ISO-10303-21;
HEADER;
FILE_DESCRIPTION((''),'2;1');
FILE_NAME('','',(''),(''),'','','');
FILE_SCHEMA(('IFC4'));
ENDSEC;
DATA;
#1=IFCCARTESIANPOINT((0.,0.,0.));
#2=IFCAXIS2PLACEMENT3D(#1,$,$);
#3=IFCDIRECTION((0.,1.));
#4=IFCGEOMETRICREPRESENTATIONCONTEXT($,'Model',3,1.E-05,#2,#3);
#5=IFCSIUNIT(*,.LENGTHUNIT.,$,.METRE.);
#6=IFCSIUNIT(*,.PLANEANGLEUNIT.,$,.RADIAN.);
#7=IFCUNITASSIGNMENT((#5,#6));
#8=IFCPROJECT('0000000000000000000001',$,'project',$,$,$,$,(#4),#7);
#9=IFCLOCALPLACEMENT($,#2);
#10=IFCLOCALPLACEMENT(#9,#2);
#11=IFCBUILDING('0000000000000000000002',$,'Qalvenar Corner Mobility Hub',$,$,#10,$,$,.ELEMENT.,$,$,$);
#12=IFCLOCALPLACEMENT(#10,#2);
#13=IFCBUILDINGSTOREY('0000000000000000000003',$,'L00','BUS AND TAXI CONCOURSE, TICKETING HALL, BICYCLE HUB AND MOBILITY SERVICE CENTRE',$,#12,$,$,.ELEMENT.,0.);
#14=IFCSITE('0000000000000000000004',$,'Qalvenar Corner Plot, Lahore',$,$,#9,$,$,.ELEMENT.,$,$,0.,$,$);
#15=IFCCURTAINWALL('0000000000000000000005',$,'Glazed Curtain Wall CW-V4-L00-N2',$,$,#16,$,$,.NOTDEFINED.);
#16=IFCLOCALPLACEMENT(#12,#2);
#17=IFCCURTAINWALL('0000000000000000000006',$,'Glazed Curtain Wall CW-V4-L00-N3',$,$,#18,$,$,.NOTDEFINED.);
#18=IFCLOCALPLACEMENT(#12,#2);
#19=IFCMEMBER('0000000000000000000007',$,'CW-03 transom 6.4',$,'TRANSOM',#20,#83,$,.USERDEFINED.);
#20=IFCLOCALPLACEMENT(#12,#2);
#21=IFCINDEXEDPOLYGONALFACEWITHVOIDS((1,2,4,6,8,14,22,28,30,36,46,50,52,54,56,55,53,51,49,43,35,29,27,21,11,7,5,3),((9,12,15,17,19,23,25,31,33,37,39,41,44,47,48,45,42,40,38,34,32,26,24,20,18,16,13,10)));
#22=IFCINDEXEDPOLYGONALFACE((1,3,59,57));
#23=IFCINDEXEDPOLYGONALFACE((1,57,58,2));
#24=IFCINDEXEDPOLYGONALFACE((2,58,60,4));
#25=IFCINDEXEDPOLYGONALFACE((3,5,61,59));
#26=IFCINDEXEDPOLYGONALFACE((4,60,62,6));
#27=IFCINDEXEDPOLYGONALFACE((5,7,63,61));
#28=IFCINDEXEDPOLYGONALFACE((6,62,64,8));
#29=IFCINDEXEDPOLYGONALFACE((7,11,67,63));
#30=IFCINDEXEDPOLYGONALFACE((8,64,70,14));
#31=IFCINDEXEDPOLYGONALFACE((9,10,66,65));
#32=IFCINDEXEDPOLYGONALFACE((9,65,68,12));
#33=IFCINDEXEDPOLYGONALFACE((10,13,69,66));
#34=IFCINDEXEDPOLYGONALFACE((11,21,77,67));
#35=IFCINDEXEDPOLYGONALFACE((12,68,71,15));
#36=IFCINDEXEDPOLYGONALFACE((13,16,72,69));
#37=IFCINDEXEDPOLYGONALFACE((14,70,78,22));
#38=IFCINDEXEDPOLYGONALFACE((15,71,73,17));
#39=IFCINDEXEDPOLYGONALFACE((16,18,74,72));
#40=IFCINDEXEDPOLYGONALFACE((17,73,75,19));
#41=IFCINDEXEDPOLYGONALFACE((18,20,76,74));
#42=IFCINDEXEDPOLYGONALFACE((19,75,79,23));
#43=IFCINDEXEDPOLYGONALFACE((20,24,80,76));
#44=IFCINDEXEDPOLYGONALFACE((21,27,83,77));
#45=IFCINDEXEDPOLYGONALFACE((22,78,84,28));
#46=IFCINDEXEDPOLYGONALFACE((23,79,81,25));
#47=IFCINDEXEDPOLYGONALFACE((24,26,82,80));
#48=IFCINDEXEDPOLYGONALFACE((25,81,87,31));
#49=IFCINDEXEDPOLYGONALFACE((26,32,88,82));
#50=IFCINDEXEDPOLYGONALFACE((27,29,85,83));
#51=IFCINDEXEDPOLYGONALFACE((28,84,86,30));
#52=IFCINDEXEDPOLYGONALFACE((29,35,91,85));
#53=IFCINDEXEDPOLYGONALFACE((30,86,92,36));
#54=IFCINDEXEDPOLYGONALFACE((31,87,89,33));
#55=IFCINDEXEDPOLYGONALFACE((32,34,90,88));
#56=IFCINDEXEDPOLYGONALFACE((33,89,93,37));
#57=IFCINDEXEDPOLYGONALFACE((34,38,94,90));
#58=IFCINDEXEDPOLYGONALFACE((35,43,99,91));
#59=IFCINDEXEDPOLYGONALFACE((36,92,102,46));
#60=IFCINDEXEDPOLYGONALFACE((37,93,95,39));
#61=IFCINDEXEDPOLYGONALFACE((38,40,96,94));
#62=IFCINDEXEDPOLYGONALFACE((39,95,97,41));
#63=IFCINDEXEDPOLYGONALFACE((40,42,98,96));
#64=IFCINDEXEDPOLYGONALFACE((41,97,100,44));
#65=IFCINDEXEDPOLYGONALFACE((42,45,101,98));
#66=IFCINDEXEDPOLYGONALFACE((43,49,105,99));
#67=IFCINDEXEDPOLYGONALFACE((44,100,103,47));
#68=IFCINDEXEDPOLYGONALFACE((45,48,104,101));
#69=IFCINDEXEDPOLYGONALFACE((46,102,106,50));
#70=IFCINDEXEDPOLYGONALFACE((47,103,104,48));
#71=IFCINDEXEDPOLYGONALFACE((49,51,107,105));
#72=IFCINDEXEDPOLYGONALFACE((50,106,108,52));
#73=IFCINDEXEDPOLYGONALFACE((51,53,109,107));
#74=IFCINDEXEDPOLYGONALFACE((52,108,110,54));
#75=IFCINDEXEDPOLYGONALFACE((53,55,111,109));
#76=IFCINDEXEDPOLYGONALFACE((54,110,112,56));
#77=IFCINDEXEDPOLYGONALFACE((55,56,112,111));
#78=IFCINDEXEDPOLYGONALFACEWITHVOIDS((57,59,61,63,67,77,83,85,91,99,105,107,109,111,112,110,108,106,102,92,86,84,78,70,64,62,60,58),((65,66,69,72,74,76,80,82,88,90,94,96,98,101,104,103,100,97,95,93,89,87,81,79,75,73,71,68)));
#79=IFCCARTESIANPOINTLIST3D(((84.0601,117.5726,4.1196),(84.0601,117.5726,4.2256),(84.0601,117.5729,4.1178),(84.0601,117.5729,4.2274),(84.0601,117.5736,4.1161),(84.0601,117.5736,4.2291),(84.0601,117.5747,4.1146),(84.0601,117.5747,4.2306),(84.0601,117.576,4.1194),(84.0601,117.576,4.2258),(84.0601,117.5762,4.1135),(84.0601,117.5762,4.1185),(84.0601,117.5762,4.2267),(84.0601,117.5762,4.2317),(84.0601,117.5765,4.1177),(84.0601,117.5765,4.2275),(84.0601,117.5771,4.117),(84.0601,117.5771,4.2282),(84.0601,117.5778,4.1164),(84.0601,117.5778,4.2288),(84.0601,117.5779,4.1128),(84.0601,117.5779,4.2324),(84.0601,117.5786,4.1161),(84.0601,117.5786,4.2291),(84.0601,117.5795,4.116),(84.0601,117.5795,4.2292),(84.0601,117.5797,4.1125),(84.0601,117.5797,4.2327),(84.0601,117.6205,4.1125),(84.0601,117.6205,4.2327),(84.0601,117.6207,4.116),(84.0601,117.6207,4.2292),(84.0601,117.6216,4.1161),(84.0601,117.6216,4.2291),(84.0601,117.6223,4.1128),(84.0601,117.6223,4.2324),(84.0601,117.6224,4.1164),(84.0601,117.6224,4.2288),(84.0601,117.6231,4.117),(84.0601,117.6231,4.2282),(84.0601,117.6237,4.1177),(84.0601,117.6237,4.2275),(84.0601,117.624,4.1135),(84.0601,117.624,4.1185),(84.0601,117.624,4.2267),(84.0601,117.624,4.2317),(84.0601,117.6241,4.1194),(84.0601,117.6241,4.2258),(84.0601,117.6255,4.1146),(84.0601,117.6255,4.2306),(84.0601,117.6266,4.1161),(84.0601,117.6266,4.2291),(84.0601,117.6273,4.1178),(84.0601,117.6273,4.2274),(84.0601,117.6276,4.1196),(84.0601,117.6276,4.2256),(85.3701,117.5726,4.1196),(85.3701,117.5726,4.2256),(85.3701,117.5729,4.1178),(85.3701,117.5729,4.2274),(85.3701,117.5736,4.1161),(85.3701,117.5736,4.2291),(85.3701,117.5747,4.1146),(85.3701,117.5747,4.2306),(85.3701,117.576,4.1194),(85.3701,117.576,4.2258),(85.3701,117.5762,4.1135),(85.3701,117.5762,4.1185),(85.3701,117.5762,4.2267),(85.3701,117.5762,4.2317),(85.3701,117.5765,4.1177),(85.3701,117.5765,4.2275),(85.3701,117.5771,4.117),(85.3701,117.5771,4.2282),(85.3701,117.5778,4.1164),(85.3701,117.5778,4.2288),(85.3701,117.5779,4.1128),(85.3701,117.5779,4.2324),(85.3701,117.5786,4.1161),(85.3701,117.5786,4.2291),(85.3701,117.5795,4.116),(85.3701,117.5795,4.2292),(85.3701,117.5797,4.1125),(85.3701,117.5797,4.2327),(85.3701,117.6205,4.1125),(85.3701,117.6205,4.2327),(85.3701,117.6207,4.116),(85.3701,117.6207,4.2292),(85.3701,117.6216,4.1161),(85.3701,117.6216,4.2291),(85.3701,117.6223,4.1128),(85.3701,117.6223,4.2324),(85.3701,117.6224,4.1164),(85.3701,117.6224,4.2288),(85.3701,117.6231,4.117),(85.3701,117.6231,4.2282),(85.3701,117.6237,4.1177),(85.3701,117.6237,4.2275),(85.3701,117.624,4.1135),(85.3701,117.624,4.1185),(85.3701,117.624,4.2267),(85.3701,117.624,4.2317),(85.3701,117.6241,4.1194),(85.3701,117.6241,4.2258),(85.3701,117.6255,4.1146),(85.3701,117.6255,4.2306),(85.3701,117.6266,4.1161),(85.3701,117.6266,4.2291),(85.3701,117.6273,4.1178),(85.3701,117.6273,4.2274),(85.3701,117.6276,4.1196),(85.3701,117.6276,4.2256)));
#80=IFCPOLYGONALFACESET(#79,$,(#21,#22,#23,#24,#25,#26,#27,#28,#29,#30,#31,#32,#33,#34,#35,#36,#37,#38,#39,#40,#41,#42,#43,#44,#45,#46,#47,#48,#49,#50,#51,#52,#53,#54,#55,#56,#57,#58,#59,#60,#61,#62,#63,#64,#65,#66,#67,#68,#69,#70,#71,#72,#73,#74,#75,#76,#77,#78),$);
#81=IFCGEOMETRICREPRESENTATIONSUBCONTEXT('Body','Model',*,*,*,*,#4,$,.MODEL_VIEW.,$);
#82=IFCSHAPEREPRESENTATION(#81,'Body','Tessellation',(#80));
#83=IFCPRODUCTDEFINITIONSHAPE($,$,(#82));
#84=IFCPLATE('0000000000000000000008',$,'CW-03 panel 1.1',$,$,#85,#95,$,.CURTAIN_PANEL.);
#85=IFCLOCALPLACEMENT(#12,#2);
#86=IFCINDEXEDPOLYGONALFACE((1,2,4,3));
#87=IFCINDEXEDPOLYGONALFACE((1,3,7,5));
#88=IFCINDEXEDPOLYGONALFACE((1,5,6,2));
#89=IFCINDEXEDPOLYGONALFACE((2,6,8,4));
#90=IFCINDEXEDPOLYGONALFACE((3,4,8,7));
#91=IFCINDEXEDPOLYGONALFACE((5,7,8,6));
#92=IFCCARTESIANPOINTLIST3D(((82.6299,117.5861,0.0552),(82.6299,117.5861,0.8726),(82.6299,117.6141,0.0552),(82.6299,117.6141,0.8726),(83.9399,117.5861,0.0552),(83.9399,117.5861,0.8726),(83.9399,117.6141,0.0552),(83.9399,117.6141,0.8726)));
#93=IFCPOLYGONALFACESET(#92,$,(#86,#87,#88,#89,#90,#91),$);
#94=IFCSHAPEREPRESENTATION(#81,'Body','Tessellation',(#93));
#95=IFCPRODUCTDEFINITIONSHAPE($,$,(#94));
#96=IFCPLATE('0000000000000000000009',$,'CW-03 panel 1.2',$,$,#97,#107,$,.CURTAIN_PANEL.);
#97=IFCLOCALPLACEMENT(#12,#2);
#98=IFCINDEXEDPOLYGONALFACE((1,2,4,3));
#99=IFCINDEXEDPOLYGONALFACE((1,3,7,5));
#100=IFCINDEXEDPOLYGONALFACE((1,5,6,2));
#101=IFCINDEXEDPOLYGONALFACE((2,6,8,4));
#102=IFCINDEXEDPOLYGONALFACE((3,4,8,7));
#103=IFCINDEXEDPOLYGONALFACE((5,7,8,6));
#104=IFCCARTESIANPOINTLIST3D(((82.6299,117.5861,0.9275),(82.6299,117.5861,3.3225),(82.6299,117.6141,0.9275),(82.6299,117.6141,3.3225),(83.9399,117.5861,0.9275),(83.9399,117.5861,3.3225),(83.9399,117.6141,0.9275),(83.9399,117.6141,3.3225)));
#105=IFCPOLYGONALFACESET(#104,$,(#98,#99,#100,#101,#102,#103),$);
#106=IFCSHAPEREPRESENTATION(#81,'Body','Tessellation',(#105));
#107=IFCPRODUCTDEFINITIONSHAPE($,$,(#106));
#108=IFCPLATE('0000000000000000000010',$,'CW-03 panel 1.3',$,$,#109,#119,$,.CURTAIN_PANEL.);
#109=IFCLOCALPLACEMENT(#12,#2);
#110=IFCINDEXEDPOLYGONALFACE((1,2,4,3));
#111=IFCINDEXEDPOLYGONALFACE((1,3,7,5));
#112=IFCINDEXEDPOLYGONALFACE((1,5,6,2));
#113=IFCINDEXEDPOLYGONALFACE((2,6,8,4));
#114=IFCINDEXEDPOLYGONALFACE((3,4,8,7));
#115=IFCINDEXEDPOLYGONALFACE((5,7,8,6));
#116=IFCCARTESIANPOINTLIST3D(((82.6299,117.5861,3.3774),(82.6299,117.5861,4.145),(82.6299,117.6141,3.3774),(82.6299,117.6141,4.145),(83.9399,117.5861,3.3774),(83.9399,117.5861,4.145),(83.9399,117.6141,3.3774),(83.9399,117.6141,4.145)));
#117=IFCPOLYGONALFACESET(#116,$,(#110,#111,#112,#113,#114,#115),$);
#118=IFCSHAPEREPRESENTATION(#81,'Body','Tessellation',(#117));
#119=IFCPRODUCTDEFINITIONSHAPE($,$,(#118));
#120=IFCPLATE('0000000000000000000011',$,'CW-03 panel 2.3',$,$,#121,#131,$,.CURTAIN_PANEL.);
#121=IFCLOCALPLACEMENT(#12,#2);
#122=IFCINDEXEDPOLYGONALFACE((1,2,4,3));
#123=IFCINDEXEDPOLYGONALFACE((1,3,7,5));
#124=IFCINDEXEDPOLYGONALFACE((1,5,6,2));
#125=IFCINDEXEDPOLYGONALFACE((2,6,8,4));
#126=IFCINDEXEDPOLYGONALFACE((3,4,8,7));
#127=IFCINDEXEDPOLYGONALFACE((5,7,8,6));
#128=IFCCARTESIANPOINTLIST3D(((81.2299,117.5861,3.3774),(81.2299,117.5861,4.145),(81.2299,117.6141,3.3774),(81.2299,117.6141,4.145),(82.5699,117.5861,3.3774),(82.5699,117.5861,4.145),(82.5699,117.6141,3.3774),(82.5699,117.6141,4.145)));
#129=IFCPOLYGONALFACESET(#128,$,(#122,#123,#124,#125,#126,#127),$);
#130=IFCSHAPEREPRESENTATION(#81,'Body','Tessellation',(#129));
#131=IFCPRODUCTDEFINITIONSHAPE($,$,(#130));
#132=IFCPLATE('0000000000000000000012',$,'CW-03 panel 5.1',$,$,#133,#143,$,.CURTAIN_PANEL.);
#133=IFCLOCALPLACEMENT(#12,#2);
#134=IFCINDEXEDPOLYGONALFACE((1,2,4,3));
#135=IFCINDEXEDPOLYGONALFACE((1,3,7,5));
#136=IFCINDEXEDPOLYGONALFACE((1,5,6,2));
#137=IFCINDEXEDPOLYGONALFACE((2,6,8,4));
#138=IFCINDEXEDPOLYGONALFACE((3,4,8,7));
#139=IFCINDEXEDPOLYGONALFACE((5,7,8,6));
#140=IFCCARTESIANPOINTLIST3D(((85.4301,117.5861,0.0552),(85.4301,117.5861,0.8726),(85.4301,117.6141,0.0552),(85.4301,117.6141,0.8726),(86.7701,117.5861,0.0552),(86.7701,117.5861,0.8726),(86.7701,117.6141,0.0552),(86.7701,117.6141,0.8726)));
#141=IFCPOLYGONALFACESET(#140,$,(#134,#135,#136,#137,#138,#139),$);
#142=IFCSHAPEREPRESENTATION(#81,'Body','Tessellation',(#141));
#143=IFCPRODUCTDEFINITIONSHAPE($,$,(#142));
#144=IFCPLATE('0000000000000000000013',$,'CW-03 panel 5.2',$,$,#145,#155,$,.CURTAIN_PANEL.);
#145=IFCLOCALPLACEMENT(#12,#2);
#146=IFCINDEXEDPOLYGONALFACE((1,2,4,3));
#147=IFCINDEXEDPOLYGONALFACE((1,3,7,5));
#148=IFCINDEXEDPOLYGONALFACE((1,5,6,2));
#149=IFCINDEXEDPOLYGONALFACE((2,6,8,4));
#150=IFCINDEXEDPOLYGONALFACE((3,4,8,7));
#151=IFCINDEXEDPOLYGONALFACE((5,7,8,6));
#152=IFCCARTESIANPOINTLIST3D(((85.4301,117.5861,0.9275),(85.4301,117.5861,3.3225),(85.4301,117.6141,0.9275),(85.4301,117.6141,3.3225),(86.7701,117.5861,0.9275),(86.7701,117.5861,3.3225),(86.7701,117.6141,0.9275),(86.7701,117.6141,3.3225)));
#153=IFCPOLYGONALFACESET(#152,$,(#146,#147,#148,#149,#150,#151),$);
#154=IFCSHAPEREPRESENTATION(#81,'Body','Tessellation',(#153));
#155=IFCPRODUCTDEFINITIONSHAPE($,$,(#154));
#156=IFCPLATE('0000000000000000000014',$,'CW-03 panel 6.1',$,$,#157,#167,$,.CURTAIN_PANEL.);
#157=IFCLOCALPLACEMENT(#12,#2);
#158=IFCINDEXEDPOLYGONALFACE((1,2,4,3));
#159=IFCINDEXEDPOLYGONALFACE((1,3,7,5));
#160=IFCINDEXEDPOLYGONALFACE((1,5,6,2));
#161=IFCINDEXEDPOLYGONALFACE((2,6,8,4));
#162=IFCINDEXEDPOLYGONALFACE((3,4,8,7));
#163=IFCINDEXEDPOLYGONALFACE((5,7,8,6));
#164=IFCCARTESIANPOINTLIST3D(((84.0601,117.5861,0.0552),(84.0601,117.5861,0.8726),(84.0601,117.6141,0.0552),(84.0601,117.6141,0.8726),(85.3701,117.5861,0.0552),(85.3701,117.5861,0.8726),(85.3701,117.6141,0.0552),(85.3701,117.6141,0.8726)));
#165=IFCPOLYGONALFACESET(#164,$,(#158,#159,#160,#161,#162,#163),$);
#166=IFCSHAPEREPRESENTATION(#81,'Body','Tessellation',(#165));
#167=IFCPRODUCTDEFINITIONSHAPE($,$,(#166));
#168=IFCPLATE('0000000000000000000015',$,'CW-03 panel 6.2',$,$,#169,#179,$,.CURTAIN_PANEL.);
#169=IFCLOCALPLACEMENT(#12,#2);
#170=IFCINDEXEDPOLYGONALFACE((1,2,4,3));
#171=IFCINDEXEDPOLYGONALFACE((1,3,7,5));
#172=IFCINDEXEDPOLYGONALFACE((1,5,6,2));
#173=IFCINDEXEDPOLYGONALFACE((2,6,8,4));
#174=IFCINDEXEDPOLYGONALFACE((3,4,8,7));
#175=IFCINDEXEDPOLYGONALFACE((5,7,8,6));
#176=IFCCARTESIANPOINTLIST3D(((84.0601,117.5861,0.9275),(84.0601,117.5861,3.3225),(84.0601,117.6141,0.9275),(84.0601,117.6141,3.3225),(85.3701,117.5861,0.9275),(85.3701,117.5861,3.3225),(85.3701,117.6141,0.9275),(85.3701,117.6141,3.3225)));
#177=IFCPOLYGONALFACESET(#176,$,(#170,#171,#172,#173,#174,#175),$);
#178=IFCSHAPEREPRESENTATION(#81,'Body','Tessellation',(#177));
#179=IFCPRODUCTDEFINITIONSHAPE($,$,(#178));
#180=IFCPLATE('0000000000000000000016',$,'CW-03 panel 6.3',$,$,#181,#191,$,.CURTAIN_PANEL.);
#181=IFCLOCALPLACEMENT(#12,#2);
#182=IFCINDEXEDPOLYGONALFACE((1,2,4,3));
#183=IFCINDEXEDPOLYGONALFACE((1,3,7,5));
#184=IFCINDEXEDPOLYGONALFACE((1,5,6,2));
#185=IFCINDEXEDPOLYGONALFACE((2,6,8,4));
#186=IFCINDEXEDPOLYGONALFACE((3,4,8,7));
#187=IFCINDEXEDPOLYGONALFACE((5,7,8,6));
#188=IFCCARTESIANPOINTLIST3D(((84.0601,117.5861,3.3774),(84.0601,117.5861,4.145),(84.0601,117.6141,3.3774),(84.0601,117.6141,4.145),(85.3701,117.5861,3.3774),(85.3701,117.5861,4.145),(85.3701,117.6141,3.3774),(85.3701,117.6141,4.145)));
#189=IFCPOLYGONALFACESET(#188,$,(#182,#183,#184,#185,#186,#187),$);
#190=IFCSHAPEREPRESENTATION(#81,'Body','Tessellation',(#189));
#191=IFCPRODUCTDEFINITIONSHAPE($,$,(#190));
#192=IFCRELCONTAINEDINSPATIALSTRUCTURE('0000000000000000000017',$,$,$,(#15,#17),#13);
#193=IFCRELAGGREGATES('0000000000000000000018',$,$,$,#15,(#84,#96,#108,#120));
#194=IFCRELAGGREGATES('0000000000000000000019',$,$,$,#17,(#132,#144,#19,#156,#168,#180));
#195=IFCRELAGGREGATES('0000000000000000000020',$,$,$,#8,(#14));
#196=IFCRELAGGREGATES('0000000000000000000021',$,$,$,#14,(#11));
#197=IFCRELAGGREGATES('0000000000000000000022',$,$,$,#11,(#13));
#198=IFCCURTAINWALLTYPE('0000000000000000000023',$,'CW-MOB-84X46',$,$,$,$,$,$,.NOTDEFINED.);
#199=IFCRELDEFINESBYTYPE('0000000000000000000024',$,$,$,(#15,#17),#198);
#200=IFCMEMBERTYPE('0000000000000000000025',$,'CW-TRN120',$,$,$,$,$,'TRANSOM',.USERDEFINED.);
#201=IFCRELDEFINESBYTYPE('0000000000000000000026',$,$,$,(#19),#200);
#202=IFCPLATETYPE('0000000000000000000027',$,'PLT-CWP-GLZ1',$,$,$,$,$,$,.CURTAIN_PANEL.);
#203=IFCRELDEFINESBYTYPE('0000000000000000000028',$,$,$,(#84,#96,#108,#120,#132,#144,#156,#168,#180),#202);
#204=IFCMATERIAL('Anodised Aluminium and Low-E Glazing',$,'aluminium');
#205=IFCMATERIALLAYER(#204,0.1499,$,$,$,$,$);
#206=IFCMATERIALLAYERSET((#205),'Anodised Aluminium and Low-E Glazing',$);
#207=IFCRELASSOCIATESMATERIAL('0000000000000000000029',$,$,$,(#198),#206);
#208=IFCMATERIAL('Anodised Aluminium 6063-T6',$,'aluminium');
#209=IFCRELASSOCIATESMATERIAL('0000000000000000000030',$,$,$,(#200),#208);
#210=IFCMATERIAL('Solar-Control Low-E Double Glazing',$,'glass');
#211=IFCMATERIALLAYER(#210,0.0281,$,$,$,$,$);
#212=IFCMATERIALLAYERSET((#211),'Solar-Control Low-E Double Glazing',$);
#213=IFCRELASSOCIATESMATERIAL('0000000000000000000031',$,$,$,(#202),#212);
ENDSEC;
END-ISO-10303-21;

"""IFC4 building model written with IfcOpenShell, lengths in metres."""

from ifc_helpers import new_model, si_unit, direction, frame, origin, origin_2d, place, context, subcontext, project, spatial, rectangle, hollow_rectangle, extrude, material, layer, layer_set, material_profile, profile_set, type_object, element, aggregate, save


model = new_model("IFC4")

# Units and contexts
model_context = context("Model", 3, precision=1e-05, world=origin(), true_north=direction((0.0, 1.0)))
body_context = subcontext(model_context, "Body", "Model", "MODEL_VIEW")
ifc_project = project(units=[si_unit("LENGTHUNIT", "METRE"), si_unit("PLANEANGLEUNIT", "RADIAN")], contexts=[model_context])

# Site, building, storey
site_placement = place(None, origin())
site = spatial("IfcSite", under=ifc_project, at=site_placement, Name="Qalvenar Corner Plot, Lahore", CompositionType="ELEMENT", RefElevation=0.0)
building_placement = place(site_placement, origin())
building = spatial("IfcBuilding", under=site, at=building_placement, Name="Qalvenar Corner Mobility Hub", CompositionType="ELEMENT")
storey_placement = place(building_placement, origin())
storey = spatial("IfcBuildingStorey", under=building, at=storey_placement, Name="L00", Description="BUS AND TAXI CONCOURSE, TICKETING HALL, BICYCLE HUB AND MOBILITY SERVICE CENTRE", CompositionType="ELEMENT", Elevation=0.0)

# Curtain walls
ifc_material_1 = material(Name="Anodised Aluminium and Low-E Glazing", Category="aluminium")
ifc_layer_1 = layer(ifc_material_1, 0.1499)
ifc_layer_set_1 = layer_set([ifc_layer_1], Name="Anodised Aluminium and Low-E Glazing")
curtain_wall_type = type_object("IfcCurtainWallType", Name="CW-MOB-84X46", PredefinedType="NOTDEFINED", material=ifc_layer_set_1)
curtain_wall_1_placement = place(storey_placement, origin())
curtain_wall_1 = element("IfcCurtainWall", 1, at=curtain_wall_1_placement, inside=storey, type_object=curtain_wall_type, Name="Glazed Curtain Wall CW-V4-L00-N2", PredefinedType="NOTDEFINED")
ifc_material_2 = material(Name="Anodised Aluminium 6063-T6", Category="aluminium")
curtain_wall_2_placement = place(storey_placement, origin())
curtain_wall_2 = element("IfcCurtainWall", 2, at=curtain_wall_2_placement, inside=storey, type_object=curtain_wall_type, Name="Glazed Curtain Wall CW-V4-L00-N3", PredefinedType="NOTDEFINED")

# Member
ifc_material_profile_1 = material_profile(ifc_material_2, hollow_rectangle(XDim=0.0549, YDim=0.1201, WallThickness=0.0034, InnerFilletRadius=0.0034, OuterFilletRadius=0.0071, at=origin_2d()), Name="RHS120x55x3.5")
ifc_profile_set_1 = profile_set([ifc_material_profile_1], Name="Anodised Aluminium 6063-T6")
member_type_1 = type_object("IfcMemberType", Name="CW-TRN120", ElementType="TRANSOM", PredefinedType="USERDEFINED", material=ifc_profile_set_1)
member_1_placement = place(storey_placement, frame((85.3701, 117.6001, 4.1726), z_axis=(-1.0, 0.0, 0.0), x_axis=(0.0, -1.0, 0.0)))
member_1 = element("IfcMember", 3, at=member_1_placement, type_object=member_type_1, Name="CW-03 transom 6.4", ObjectType="TRANSOM", PredefinedType="USERDEFINED", context=body_context, shape_type="SweptSolid", body=[
    extrude(hollow_rectangle(XDim=0.0549, YDim=0.1201, WallThickness=0.0034, InnerFilletRadius=0.0034, OuterFilletRadius=0.0071, at=origin_2d()), origin(), (0.0, 0.0, 1.0), 1.3101),
])

# Plates
ifc_material_3 = material(Name="Solar-Control Low-E Double Glazing", Category="glass")
ifc_layer_2 = layer(ifc_material_3, 0.0281)
ifc_layer_set_2 = layer_set([ifc_layer_2], Name="Solar-Control Low-E Double Glazing")
plate_type = type_object("IfcPlateType", Name="PLT-CWP-GLZ1", PredefinedType="CURTAIN_PANEL", material=ifc_layer_set_2)
plate_1_placement = place(storey_placement, frame((83.2849, 117.6001, 0.0552), z_axis=(0.0, 0.0, 1.0), x_axis=(-1.0, 0.0, 0.0)))
plate_1 = element("IfcPlate", 4, at=plate_1_placement, type_object=plate_type, Name="CW-03 panel 1.1", PredefinedType="CURTAIN_PANEL", context=body_context, shape_type="SweptSolid", body=[
    extrude(rectangle(XDim=1.3101, YDim=0.0281, at=origin_2d()), origin(), (0.0, 0.0, 1.0), 0.8174),
])
plate_2_placement = place(storey_placement, frame((83.2849, 117.6001, 0.9275), z_axis=(0.0, 0.0, 1.0), x_axis=(-1.0, 0.0, 0.0)))
plate_2 = element("IfcPlate", 5, at=plate_2_placement, type_object=plate_type, Name="CW-03 panel 1.2", PredefinedType="CURTAIN_PANEL", context=body_context, shape_type="SweptSolid", body=[
    extrude(rectangle(XDim=1.3101, YDim=0.0281, at=origin_2d()), origin(), (0.0, 0.0, 1.0), 2.395),
])
plate_3_placement = place(storey_placement, frame((83.2849, 117.6001, 3.3774), z_axis=(0.0, 0.0, 1.0), x_axis=(-1.0, 0.0, 0.0)))
plate_3 = element("IfcPlate", 6, at=plate_3_placement, type_object=plate_type, Name="CW-03 panel 1.3", PredefinedType="CURTAIN_PANEL", context=body_context, shape_type="SweptSolid", body=[
    extrude(rectangle(XDim=1.3101, YDim=0.0281, at=origin_2d()), origin(), (0.0, 0.0, 1.0), 0.7676),
])
plate_4_placement = place(storey_placement, frame((81.8999, 117.6001, 3.3774), z_axis=(0.0, 0.0, 1.0), x_axis=(-1.0, 0.0, 0.0)))
plate_4 = element("IfcPlate", 7, at=plate_4_placement, type_object=plate_type, Name="CW-03 panel 2.3", PredefinedType="CURTAIN_PANEL", context=body_context, shape_type="SweptSolid", body=[
    extrude(rectangle(XDim=1.3401, YDim=0.0281, at=origin_2d()), origin(), (0.0, 0.0, 1.0), 0.7676),
])
aggregate(curtain_wall_1, [plate_1, plate_2, plate_3, plate_4])
plate_5_placement = place(storey_placement, frame((86.1001, 117.6001, 0.0552), z_axis=(0.0, 0.0, 1.0), x_axis=(-1.0, 0.0, 0.0)))
plate_5 = element("IfcPlate", 8, at=plate_5_placement, type_object=plate_type, Name="CW-03 panel 5.1", PredefinedType="CURTAIN_PANEL", context=body_context, shape_type="SweptSolid", body=[
    extrude(rectangle(XDim=1.3401, YDim=0.0281, at=origin_2d()), origin(), (0.0, 0.0, 1.0), 0.8174),
])
plate_6_placement = place(storey_placement, frame((86.1001, 117.6001, 0.9275), z_axis=(0.0, 0.0, 1.0), x_axis=(-1.0, 0.0, 0.0)))
plate_6 = element("IfcPlate", 9, at=plate_6_placement, type_object=plate_type, Name="CW-03 panel 5.2", PredefinedType="CURTAIN_PANEL", context=body_context, shape_type="SweptSolid", body=[
    extrude(rectangle(XDim=1.3401, YDim=0.0281, at=origin_2d()), origin(), (0.0, 0.0, 1.0), 2.395),
])
plate_7_placement = place(storey_placement, frame((84.7151, 117.6001, 0.0552), z_axis=(0.0, 0.0, 1.0), x_axis=(-1.0, 0.0, 0.0)))
plate_7 = element("IfcPlate", 10, at=plate_7_placement, type_object=plate_type, Name="CW-03 panel 6.1", PredefinedType="CURTAIN_PANEL", context=body_context, shape_type="SweptSolid", body=[
    extrude(rectangle(XDim=1.3101, YDim=0.0281, at=origin_2d()), origin(), (0.0, 0.0, 1.0), 0.8174),
])
plate_8_placement = place(storey_placement, frame((84.7151, 117.6001, 0.9275), z_axis=(0.0, 0.0, 1.0), x_axis=(-1.0, 0.0, 0.0)))
plate_8 = element("IfcPlate", 11, at=plate_8_placement, type_object=plate_type, Name="CW-03 panel 6.2", PredefinedType="CURTAIN_PANEL", context=body_context, shape_type="SweptSolid", body=[
    extrude(rectangle(XDim=1.3101, YDim=0.0281, at=origin_2d()), origin(), (0.0, 0.0, 1.0), 2.395),
])
plate_9_placement = place(storey_placement, frame((84.7151, 117.6001, 3.3774), z_axis=(0.0, 0.0, 1.0), x_axis=(-1.0, 0.0, 0.0)))
plate_9 = element("IfcPlate", 12, at=plate_9_placement, type_object=plate_type, Name="CW-03 panel 6.3", PredefinedType="CURTAIN_PANEL", context=body_context, shape_type="SweptSolid", body=[
    extrude(rectangle(XDim=1.3101, YDim=0.0281, at=origin_2d()), origin(), (0.0, 0.0, 1.0), 0.7676),
])
aggregate(curtain_wall_2, [plate_5, plate_6, member_1, plate_7, plate_8, plate_9])

save(model, "model.ifc")
